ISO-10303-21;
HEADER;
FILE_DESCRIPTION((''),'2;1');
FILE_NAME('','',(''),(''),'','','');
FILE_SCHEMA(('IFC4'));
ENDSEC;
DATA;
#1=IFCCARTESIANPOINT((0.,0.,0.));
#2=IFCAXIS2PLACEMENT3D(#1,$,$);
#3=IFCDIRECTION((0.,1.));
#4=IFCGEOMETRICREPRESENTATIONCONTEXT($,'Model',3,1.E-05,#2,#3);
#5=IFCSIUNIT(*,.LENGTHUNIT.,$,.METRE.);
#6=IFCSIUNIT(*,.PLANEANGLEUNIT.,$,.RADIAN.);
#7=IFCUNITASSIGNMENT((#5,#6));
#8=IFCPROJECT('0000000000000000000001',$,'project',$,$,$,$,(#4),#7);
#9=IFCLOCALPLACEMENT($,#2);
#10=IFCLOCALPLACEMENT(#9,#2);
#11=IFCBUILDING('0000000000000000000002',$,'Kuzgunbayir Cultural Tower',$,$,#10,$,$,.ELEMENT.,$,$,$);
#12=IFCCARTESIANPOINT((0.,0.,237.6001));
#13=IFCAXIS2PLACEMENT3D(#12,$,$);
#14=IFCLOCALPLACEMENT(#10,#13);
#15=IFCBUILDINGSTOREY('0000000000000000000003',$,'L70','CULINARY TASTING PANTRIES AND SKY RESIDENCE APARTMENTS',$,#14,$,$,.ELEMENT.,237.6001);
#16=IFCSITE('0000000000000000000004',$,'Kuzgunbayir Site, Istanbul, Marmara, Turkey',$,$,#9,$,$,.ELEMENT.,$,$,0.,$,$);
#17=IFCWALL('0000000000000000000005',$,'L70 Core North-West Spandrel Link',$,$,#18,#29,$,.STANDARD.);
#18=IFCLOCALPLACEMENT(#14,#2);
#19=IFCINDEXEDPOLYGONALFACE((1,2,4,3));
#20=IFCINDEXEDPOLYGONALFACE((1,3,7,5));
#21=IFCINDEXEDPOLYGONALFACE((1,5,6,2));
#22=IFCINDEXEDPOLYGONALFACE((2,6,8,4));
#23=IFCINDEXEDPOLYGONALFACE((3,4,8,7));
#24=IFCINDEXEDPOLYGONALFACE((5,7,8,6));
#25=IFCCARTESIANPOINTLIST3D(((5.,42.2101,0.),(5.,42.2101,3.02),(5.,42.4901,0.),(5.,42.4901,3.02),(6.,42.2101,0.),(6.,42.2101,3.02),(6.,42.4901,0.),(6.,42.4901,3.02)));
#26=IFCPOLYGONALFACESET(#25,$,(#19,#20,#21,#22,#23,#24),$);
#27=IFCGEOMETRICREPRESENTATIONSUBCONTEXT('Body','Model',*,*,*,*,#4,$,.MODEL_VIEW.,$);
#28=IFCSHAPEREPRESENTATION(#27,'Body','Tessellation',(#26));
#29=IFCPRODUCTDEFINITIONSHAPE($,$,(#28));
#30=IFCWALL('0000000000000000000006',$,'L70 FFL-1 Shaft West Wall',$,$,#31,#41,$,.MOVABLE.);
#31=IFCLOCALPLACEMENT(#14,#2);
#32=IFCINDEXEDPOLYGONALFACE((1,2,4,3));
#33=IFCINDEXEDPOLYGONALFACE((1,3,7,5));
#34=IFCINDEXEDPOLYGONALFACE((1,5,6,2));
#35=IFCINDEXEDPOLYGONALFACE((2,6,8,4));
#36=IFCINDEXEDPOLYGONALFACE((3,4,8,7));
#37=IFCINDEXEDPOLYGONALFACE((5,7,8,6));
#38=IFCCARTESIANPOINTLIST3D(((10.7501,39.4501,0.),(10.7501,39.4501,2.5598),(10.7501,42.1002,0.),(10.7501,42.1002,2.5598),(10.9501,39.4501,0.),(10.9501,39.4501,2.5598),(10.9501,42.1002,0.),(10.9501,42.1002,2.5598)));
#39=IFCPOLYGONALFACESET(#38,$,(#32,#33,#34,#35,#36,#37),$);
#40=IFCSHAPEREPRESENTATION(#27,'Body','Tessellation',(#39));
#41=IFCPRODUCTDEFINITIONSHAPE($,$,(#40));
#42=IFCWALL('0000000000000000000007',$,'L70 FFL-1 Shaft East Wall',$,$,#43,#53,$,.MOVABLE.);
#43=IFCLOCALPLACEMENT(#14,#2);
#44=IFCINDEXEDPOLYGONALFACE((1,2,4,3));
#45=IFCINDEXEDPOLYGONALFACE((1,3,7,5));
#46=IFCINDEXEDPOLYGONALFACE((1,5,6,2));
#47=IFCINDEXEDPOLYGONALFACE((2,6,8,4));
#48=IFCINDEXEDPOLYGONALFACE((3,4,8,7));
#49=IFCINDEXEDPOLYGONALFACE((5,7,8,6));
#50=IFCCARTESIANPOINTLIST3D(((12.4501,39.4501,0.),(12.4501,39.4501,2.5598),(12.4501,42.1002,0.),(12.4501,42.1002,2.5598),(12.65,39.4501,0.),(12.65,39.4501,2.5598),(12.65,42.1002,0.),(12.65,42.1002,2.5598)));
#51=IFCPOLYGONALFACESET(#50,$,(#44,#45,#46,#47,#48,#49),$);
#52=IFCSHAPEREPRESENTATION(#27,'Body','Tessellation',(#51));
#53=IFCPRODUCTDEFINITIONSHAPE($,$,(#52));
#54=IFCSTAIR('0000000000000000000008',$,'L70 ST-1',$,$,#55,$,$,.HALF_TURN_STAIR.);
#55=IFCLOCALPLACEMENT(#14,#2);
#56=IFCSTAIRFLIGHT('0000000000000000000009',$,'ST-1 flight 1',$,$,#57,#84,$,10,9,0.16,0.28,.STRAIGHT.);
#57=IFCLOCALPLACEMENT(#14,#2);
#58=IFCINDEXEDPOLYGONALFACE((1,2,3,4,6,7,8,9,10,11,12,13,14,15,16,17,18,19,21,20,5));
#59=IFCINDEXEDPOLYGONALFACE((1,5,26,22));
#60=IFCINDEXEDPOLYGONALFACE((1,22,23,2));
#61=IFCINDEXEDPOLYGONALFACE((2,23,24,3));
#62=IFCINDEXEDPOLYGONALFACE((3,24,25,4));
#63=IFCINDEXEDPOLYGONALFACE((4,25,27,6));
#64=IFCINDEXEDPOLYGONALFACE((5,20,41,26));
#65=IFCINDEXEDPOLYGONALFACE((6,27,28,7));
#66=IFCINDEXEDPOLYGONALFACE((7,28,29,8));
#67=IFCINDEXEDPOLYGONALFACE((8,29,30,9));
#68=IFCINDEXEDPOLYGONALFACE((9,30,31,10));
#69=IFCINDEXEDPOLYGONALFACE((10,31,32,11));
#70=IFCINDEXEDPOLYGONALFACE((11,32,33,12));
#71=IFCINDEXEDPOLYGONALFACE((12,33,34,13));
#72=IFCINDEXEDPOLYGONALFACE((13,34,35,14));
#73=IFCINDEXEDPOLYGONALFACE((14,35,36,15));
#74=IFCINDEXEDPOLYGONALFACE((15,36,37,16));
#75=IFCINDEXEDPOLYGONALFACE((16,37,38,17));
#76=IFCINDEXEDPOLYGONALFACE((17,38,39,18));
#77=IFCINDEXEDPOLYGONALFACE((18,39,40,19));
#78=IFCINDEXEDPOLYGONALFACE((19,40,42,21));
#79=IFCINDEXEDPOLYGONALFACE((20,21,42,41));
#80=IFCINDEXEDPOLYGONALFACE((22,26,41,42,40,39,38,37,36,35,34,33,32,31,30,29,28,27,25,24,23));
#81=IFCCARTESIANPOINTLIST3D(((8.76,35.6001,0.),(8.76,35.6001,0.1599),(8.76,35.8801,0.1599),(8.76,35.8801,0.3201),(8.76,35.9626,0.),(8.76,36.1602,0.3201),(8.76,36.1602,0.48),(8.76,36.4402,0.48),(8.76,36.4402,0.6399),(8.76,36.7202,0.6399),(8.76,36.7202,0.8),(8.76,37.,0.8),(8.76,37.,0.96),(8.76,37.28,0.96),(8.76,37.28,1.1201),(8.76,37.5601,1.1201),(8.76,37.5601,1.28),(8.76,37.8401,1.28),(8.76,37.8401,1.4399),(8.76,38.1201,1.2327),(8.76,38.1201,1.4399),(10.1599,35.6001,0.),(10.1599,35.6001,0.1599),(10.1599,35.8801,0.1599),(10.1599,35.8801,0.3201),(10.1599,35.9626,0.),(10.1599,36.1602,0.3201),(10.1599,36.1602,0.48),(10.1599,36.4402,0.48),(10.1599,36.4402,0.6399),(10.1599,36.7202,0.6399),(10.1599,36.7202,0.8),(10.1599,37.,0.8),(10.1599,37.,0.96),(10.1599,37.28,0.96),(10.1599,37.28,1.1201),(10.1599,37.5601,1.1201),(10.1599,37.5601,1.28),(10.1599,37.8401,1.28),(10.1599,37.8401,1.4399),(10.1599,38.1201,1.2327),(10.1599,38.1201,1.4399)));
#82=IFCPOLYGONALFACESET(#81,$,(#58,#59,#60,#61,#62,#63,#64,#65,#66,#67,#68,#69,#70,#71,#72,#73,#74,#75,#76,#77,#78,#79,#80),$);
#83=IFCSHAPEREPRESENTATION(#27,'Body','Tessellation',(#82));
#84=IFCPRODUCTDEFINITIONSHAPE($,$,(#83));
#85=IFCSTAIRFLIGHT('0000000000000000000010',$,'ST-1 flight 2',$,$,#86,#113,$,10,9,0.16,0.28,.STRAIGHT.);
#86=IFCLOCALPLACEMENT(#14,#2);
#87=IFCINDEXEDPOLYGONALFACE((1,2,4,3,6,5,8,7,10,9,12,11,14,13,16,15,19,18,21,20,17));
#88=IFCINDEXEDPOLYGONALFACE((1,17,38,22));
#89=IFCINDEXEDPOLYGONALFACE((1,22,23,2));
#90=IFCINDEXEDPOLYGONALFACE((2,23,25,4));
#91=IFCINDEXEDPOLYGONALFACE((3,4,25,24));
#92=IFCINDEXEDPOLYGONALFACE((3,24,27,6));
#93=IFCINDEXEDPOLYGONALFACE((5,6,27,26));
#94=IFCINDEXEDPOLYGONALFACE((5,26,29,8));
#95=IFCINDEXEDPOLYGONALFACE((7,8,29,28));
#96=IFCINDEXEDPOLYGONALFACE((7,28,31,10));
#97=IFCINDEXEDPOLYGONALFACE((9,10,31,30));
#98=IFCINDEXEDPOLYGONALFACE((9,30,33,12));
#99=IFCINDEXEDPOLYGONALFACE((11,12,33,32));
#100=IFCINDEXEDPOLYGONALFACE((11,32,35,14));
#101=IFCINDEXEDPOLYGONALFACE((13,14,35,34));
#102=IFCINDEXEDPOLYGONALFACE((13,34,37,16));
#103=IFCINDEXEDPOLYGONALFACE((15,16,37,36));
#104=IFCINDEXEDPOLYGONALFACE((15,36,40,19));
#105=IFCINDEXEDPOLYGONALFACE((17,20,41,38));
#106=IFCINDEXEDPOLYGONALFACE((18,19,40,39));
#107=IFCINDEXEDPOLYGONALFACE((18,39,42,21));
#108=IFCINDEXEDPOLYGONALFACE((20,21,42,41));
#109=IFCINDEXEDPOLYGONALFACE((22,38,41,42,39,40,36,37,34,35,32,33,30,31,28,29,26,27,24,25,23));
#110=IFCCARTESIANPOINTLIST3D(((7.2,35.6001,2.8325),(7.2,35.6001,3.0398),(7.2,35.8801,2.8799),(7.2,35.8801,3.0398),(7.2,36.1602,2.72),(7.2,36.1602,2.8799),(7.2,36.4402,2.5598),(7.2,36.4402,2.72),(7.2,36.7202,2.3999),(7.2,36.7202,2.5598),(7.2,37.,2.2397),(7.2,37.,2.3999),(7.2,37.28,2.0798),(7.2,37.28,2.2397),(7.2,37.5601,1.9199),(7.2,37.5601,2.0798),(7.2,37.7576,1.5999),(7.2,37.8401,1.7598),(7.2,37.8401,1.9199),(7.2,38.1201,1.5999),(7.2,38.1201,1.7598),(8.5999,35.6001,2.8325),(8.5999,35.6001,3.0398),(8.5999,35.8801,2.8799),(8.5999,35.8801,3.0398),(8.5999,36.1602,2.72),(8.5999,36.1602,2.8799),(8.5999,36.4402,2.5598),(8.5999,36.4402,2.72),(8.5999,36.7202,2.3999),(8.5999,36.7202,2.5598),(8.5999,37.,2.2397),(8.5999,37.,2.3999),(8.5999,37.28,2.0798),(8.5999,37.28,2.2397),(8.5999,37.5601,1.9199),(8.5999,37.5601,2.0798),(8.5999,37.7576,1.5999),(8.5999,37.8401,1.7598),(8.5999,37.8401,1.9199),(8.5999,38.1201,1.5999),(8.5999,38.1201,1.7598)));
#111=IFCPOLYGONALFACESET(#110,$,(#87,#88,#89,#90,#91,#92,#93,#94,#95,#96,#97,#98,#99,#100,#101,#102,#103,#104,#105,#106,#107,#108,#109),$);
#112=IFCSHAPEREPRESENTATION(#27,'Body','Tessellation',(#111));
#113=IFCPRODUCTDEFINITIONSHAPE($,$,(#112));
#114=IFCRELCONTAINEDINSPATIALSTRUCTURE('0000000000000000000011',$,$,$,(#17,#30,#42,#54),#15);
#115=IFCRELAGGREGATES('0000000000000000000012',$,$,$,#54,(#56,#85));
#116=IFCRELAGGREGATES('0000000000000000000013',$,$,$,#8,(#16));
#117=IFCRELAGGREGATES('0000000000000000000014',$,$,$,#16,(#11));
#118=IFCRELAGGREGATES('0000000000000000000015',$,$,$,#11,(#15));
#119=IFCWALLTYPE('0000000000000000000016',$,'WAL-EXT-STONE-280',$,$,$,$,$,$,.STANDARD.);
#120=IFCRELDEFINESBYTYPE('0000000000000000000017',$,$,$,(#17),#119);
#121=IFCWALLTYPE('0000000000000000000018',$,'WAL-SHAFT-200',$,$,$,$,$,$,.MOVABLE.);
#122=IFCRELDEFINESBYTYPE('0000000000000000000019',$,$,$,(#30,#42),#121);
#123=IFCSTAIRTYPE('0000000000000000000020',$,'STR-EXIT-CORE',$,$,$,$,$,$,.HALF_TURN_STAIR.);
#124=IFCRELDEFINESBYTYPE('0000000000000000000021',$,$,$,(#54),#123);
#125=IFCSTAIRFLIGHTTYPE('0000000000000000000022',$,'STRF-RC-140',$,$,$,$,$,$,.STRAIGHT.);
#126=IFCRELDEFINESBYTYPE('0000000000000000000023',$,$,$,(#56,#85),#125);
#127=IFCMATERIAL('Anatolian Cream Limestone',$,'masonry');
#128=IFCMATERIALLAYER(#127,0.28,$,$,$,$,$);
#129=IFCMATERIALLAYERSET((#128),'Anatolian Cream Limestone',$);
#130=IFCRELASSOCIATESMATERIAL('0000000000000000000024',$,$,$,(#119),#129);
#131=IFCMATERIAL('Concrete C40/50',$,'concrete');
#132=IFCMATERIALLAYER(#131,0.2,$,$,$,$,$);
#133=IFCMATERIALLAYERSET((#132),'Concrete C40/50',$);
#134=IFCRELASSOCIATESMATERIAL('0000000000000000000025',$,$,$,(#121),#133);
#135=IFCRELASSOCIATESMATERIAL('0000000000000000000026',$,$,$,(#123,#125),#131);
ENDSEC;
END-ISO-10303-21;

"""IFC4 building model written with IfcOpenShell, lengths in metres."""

from ifc_helpers import new_model, si_unit, direction, frame, frame_2d, origin, place, context, subcontext, project, spatial, polyline, rectangle, outline, extrude, material, layer, layer_set, type_object, element, aggregate, save


model = new_model("IFC4")

# Units and contexts
model_context = context("Model", 3, precision=1e-05, world=origin(), true_north=direction((0.0, 1.0)))
body_context = subcontext(model_context, "Body", "Model", "MODEL_VIEW")
ifc_project = project(units=[si_unit("LENGTHUNIT", "METRE"), si_unit("PLANEANGLEUNIT", "RADIAN")], contexts=[model_context])

# Site, building, storey
site_placement = place(None, origin())
site = spatial("IfcSite", under=ifc_project, at=site_placement, Name="Kuzgunbayir Site, Istanbul, Marmara, Turkey", CompositionType="ELEMENT", RefElevation=0.0)
building_placement = place(site_placement, origin())
building = spatial("IfcBuilding", under=site, at=building_placement, Name="Kuzgunbayir Cultural Tower", CompositionType="ELEMENT")
storey_placement = place(building_placement, frame((0.0, 0.0, 237.6001)))
storey = spatial("IfcBuildingStorey", under=building, at=storey_placement, Name="L70", Description="CULINARY TASTING PANTRIES AND SKY RESIDENCE APARTMENTS", CompositionType="ELEMENT", Elevation=237.6001)

# Shared definitions
ifc_material_1 = material(Name="Anatolian Cream Limestone", Category="masonry")
ifc_layer_1 = layer(ifc_material_1, 0.28)
ifc_layer_set_1 = layer_set([ifc_layer_1], Name="Anatolian Cream Limestone")
wall_type_1 = type_object("IfcWallType", Name="WAL-EXT-STONE-280", PredefinedType="STANDARD", material=ifc_layer_set_1)

# Wall
wall_1_placement = place(storey_placement, frame((6.0, 42.3501, 0.0), z_axis=(0.0, 0.0, 1.0), x_axis=(-1.0, 0.0, 0.0)))
element("IfcWall", 1, at=wall_1_placement, inside=storey, type_object=wall_type_1, Name="L70 Core North-West Spandrel Link", PredefinedType="STANDARD", context=body_context, shape_type="SweptSolid", body=[
    extrude(rectangle(XDim=1.0, YDim=0.28, at=frame_2d((0.5, 0.0))), origin(), (0.0, 0.0, 1.0), 3.02),
])

# Shared definitions
ifc_material_2 = material(Name="Concrete C40/50", Category="concrete")
ifc_layer_2 = layer(ifc_material_2, 0.2)
ifc_layer_set_2 = layer_set([ifc_layer_2], Name="Concrete C40/50")
wall_type_2 = type_object("IfcWallType", Name="WAL-SHAFT-200", PredefinedType="MOVABLE", material=ifc_layer_set_2)

# Walls
for number, where, z_axis, x_axis, name in (
    (2, (10.8501, 39.45, 0.0), (0.0, 0.0, 1.0), (0.0, 1.0, 0.0), "L70 FFL-1 Shaft West Wall"),
    (3, (12.55, 39.45, 0.0), (0.0, 0.0, 1.0), (0.0, 1.0, 0.0), "L70 FFL-1 Shaft East Wall"),
):
    element("IfcWall", number, at=place(storey_placement, frame(where, z_axis=z_axis, x_axis=x_axis)), inside=storey, type_object=wall_type_2, Name=name, PredefinedType="MOVABLE", context=body_context, shape_type="SweptSolid", body=[
        extrude(rectangle(XDim=2.6501, YDim=0.2, at=frame_2d((1.3252, 0.0))), origin(), (0.0, 0.0, 1.0), 2.5598),
    ])

# Stair, stair flights
stair_type = type_object("IfcStairType", Name="STR-EXIT-CORE", PredefinedType="HALF_TURN_STAIR", material=ifc_material_2)
stair_placement = place(storey_placement, origin())
stair = element("IfcStair", 4, at=stair_placement, inside=storey, type_object=stair_type, Name="L70 ST-1", PredefinedType="HALF_TURN_STAIR")
stair_flight_type = type_object("IfcStairFlightType", Name="STRF-RC-140", PredefinedType="STRAIGHT", material=ifc_material_2)
stair_flight_1_placement = place(storey_placement, frame((9.46, 35.6001, 0.0), z_axis=(0.0, 0.0, 1.0), x_axis=(0.0, 1.0, 0.0)))
stair_flight_1 = element("IfcStairFlight", 5, at=stair_flight_1_placement, type_object=stair_flight_type, Name="ST-1 flight 1", NumberOfRisers=10, NumberOfTreads=9, PredefinedType="STRAIGHT", RiserHeight=0.16, TreadLength=0.28, context=body_context, shape_type="SweptSolid", body=[
    extrude(outline(polyline([(0.0, 0.0), (0.0, 0.1599), (0.28, 0.1599), (0.28, 0.3201), (0.5601, 0.3201), (0.5601, 0.48), (0.8401, 0.48), (0.8401, 0.6399), (1.1201, 0.6399), (1.1201, 0.8), (1.3999, 0.8), (1.3999, 0.96), (1.6799, 0.96), (1.6799, 1.1201), (1.96, 1.1201), (1.96, 1.28), (2.24, 1.28), (2.24, 1.4399), (2.52, 1.4399), (2.52, 1.6001), (2.52, 1.2327), (0.3625, 0.0), (0.0, 0.0)])), frame((0.0, 0.7, 0.0), z_axis=(0.0, -1.0, 0.0), x_axis=(1.0, 0.0, 0.0)), (0.0, 0.0, 1.0), 1.3999),
])
stair_flight_2_placement = place(storey_placement, frame((7.8999, 38.1201, 1.5999), z_axis=(0.0, 0.0, 1.0), x_axis=(0.0, -1.0, 0.0)))
stair_flight_2 = element("IfcStairFlight", 6, at=stair_flight_2_placement, type_object=stair_flight_type, Name="ST-1 flight 2", NumberOfRisers=10, NumberOfTreads=9, PredefinedType="STRAIGHT", RiserHeight=0.16, TreadLength=0.28, context=body_context, shape_type="SweptSolid", body=[
    extrude(outline(polyline([(0.0, 0.0), (0.0, 0.1599), (0.28, 0.1599), (0.28, 0.3201), (0.5601, 0.3201), (0.5601, 0.48), (0.8401, 0.48), (0.8401, 0.6399), (1.1201, 0.6399), (1.1201, 0.8), (1.3999, 0.8), (1.3999, 0.96), (1.6799, 0.96), (1.6799, 1.1201), (1.96, 1.1201), (1.96, 1.28), (2.24, 1.28), (2.24, 1.4399), (2.52, 1.4399), (2.52, 1.6001), (2.52, 1.2327), (0.3625, 0.0), (0.0, 0.0)])), frame((0.0, 0.7, 0.0), z_axis=(0.0, -1.0, 0.0), x_axis=(1.0, 0.0, 0.0)), (0.0, 0.0, 1.0), 1.3999),
])
aggregate(stair, [stair_flight_1, stair_flight_2])

save(model, "model.ifc")
